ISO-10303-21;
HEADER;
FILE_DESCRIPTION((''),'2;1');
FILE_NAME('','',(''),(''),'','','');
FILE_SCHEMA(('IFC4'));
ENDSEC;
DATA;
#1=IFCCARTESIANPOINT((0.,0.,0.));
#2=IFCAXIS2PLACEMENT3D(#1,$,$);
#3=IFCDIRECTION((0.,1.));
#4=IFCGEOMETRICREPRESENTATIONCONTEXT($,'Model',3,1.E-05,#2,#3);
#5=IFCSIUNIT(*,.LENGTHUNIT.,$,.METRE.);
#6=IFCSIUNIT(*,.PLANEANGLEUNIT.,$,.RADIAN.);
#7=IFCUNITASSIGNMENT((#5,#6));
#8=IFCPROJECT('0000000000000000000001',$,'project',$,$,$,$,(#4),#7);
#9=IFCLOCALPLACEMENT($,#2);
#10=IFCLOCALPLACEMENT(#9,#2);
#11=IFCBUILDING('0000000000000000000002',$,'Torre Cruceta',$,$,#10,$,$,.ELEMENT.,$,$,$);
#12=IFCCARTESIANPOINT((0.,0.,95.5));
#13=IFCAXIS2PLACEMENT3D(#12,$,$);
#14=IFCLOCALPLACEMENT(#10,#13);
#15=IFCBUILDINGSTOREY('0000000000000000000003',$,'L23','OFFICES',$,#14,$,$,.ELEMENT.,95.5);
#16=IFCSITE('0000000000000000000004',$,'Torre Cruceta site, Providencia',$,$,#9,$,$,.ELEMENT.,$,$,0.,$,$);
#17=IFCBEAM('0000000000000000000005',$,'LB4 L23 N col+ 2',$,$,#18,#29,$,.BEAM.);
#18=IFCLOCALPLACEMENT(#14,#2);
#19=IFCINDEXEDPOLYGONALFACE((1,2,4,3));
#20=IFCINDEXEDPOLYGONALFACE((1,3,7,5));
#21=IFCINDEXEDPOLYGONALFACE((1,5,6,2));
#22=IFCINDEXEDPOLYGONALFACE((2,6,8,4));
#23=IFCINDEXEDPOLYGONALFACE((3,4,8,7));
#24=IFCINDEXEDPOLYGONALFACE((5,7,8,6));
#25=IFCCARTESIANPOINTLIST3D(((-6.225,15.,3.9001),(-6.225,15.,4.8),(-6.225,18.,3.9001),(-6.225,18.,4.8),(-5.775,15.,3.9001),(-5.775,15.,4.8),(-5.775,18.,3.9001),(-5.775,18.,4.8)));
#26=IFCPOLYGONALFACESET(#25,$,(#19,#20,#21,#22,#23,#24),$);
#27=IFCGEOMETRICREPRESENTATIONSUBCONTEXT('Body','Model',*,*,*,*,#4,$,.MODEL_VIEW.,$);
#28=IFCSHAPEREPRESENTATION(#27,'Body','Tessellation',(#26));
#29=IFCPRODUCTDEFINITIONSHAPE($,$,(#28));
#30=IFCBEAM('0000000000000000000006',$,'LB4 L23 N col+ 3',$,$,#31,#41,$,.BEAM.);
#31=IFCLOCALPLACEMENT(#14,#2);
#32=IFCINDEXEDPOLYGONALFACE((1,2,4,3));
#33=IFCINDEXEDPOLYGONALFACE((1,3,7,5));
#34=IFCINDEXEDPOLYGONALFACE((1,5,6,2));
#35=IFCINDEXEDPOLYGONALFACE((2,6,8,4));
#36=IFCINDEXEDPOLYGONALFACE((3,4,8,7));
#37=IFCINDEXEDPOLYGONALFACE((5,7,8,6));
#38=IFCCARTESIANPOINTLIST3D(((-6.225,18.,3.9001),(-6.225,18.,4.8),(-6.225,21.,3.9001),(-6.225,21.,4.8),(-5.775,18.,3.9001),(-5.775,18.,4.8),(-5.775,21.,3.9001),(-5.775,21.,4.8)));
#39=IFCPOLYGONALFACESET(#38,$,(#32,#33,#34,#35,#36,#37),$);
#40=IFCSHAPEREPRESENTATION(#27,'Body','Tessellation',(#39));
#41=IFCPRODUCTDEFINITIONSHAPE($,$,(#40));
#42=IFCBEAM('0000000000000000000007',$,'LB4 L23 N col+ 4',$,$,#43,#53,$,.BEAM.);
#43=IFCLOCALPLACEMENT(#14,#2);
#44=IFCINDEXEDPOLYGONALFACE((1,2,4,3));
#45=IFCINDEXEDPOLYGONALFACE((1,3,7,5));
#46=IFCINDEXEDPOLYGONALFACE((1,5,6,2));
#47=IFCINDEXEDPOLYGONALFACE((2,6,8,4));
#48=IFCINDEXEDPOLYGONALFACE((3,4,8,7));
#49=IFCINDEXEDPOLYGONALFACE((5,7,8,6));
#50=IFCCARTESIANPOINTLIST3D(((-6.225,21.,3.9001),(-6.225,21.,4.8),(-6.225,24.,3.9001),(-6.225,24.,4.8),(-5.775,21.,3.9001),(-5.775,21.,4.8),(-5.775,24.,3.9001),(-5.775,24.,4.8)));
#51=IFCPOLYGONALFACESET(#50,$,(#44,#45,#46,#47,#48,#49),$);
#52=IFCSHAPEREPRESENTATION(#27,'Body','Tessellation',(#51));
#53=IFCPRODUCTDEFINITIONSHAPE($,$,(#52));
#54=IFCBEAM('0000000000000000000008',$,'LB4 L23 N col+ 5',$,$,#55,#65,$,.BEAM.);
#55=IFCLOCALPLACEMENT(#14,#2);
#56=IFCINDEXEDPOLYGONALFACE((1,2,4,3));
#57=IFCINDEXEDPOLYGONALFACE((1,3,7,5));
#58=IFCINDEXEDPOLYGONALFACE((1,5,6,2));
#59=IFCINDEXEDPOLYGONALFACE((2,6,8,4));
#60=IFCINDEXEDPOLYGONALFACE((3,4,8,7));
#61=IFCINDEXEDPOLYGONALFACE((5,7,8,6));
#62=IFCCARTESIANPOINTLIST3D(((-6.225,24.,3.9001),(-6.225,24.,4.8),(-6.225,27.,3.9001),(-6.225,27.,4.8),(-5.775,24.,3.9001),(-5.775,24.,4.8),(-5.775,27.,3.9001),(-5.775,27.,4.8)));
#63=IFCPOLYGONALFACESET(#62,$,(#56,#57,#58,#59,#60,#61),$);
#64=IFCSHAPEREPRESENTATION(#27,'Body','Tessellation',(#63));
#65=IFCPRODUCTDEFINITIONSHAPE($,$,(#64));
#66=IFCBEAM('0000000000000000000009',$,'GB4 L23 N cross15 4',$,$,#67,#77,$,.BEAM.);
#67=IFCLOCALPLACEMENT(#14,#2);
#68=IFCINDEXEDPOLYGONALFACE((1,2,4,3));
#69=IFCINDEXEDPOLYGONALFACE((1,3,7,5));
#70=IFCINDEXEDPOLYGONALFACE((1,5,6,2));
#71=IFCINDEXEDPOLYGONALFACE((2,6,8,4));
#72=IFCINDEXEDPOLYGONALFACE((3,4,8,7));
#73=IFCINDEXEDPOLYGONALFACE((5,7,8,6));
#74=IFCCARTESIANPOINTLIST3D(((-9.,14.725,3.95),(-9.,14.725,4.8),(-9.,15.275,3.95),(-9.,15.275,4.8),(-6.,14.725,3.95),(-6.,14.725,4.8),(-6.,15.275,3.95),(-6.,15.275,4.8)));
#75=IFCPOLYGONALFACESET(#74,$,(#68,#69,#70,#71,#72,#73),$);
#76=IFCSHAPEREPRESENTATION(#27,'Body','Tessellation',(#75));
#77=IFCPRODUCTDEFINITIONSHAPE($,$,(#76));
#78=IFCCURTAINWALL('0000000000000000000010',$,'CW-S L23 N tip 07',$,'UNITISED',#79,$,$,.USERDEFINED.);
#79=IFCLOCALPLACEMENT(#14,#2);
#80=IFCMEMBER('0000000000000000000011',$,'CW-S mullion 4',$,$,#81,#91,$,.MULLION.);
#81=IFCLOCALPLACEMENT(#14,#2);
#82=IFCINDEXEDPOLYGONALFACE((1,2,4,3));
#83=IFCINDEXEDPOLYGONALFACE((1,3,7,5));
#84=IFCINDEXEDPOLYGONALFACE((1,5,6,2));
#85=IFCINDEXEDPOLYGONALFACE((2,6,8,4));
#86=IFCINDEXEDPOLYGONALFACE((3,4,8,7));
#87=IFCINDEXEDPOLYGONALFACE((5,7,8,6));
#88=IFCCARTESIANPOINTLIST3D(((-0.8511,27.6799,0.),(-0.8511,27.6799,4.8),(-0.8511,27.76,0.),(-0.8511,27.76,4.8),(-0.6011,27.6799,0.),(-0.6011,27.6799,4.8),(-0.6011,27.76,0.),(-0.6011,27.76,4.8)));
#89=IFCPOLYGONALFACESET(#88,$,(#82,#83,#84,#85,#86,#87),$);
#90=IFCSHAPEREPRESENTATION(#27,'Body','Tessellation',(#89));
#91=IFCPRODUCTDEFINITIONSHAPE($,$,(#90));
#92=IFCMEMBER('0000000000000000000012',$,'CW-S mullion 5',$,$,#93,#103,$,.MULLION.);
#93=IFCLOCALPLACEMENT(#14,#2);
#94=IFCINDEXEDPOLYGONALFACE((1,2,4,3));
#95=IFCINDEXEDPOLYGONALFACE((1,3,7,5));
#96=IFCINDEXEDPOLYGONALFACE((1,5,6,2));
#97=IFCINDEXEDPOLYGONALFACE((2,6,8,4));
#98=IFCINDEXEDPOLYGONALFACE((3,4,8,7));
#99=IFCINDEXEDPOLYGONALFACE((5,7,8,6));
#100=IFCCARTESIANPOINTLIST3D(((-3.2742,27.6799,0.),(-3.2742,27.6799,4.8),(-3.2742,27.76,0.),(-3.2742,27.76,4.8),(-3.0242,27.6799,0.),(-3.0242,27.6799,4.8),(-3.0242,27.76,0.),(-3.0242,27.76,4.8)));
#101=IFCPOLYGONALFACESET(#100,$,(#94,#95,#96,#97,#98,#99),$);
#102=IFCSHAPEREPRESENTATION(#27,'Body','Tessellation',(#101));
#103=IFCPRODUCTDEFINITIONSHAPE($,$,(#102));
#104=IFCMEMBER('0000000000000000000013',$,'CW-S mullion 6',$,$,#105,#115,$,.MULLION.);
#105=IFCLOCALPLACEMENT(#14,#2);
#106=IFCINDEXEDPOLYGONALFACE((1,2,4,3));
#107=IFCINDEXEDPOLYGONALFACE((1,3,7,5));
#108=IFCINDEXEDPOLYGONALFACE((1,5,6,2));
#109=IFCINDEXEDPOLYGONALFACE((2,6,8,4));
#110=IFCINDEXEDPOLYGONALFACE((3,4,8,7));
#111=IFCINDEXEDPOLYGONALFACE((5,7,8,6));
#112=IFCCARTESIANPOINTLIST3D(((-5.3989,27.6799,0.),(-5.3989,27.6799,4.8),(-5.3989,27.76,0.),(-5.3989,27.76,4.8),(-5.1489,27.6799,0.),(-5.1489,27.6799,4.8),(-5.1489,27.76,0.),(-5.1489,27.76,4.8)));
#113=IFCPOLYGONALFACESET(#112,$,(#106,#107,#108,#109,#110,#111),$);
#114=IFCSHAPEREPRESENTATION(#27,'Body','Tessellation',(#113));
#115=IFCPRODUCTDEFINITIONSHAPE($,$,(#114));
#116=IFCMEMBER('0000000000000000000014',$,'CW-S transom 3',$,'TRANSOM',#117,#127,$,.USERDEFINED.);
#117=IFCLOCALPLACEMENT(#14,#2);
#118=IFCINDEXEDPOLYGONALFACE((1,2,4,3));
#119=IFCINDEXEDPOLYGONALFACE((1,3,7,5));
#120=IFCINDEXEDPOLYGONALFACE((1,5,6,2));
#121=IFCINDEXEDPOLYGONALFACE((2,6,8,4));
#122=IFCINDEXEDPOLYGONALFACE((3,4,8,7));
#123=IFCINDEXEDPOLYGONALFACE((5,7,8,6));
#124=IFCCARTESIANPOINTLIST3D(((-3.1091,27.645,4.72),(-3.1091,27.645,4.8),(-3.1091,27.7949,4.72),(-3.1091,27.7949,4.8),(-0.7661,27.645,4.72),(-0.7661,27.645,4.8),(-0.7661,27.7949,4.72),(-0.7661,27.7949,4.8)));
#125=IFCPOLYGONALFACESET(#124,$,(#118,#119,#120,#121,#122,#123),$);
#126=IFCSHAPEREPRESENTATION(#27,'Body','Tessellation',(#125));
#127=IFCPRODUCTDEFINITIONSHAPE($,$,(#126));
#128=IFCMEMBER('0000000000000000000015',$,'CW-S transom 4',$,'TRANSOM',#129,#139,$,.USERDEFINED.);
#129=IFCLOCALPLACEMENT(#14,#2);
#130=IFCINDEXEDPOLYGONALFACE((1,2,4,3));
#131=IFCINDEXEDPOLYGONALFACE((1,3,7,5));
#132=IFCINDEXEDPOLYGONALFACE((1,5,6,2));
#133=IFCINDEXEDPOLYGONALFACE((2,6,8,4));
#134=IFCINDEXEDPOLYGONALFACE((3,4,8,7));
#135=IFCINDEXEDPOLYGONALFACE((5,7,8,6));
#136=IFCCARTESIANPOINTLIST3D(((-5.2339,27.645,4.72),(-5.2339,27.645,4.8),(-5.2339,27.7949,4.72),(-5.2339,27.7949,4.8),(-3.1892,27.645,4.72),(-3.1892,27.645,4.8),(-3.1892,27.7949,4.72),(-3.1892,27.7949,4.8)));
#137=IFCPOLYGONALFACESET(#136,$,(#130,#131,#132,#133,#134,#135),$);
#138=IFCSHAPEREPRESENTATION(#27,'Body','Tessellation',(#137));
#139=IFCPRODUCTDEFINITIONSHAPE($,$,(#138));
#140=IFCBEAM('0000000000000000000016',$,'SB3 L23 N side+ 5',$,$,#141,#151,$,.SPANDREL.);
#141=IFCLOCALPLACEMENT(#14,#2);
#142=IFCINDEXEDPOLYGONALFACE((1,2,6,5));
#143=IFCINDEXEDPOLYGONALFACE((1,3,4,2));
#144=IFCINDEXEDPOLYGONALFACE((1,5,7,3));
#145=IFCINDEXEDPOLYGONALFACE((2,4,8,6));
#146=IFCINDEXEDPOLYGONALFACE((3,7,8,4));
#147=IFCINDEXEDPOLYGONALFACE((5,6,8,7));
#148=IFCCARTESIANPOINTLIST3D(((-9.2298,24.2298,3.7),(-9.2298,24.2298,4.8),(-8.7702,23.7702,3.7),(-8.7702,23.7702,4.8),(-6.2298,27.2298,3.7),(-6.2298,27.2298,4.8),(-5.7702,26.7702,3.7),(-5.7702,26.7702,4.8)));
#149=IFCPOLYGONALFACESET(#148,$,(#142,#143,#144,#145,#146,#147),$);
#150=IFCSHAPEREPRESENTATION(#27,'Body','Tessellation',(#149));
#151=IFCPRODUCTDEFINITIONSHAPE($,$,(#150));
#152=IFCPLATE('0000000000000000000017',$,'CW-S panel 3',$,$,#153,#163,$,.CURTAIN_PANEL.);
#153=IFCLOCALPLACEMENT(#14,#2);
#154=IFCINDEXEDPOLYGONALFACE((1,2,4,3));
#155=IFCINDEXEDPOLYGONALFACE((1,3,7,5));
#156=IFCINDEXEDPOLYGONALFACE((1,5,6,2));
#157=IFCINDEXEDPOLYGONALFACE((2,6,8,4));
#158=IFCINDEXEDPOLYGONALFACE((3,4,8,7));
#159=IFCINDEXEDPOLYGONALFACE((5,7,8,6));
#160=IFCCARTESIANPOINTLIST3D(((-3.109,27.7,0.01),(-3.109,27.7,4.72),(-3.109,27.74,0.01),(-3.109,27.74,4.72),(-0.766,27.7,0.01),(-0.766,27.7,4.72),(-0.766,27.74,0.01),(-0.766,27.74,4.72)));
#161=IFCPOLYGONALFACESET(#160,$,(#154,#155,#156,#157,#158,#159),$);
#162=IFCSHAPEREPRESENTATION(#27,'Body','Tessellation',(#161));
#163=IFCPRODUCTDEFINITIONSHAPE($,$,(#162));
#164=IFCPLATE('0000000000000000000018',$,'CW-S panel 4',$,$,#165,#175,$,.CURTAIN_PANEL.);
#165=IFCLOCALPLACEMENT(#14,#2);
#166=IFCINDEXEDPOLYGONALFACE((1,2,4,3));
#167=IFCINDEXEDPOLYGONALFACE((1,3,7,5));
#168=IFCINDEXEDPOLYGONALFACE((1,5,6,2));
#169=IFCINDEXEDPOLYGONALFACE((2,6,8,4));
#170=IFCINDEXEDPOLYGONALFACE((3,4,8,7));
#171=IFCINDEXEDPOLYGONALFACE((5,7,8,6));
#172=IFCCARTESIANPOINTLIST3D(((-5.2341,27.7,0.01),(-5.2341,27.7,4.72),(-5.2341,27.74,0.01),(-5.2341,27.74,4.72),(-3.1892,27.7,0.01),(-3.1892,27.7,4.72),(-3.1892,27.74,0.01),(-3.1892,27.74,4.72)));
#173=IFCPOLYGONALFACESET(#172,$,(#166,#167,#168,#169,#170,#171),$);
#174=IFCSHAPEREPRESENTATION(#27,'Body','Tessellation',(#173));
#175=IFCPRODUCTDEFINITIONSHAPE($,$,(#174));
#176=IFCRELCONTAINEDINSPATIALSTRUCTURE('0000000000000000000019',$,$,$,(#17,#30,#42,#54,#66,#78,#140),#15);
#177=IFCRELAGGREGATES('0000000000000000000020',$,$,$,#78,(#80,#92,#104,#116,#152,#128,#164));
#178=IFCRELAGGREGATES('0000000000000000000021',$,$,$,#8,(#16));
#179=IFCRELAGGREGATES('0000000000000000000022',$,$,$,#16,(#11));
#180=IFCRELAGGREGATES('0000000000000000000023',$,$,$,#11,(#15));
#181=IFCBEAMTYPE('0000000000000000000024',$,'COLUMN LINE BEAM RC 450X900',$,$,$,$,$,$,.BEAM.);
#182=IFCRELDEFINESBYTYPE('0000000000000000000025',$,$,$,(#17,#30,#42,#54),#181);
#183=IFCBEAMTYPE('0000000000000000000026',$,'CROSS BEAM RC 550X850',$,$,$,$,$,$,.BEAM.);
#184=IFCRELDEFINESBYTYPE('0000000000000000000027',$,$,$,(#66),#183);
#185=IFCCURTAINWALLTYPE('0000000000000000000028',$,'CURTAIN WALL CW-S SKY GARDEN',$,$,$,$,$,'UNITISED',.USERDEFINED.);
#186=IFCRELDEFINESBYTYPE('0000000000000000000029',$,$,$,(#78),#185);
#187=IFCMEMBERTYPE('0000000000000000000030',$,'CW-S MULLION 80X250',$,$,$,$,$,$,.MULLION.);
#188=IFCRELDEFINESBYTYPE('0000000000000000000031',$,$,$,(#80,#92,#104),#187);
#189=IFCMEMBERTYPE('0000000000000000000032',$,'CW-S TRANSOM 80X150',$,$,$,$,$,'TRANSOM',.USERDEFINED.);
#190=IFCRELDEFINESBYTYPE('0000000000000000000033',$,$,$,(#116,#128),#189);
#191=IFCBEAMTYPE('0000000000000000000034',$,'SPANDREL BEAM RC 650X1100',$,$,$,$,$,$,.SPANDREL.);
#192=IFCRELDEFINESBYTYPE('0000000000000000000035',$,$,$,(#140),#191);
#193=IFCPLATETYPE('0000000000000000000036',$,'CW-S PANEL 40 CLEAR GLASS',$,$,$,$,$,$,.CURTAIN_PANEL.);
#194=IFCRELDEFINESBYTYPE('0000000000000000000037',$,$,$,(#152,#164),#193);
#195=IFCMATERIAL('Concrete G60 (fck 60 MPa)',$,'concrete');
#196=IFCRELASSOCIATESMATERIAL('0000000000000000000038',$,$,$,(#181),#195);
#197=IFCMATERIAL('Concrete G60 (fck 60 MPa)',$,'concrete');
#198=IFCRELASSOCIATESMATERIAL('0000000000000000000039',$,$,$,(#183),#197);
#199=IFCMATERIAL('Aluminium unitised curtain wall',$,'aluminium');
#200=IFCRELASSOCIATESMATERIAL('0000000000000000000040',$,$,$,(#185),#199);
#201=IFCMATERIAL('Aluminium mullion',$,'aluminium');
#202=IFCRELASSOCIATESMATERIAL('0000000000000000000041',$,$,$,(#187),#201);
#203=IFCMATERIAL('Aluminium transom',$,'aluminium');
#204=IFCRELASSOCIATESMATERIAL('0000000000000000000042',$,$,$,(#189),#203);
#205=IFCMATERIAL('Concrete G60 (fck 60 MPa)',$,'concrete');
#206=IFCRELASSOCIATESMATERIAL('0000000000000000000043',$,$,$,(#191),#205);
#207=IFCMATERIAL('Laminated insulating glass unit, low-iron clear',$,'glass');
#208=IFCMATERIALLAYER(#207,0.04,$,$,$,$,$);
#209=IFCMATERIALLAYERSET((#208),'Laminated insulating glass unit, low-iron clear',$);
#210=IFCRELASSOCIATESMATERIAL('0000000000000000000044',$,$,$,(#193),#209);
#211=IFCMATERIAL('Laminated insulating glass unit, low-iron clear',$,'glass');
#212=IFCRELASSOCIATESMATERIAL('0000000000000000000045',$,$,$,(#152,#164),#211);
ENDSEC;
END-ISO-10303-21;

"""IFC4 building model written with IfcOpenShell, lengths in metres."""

from ifc_helpers import new_model, si_unit, direction, frame, origin, origin_2d, place, context, subcontext, project, spatial, rectangle, extrude, material, layer, layer_set, material_profile, profile_set, type_object, element, aggregate, save


model = new_model("IFC4")

# Units and contexts
model_context = context("Model", 3, precision=1e-05, world=origin(), true_north=direction((0.0, 1.0)))
body_context = subcontext(model_context, "Body", "Model", "MODEL_VIEW")
ifc_project = project(units=[si_unit("LENGTHUNIT", "METRE"), si_unit("PLANEANGLEUNIT", "RADIAN")], contexts=[model_context])

# Site, building, storey
site_placement = place(None, origin())
site = spatial("IfcSite", under=ifc_project, at=site_placement, Name="Torre Cruceta site, Providencia", CompositionType="ELEMENT", RefElevation=0.0)
building_placement = place(site_placement, origin())
building = spatial("IfcBuilding", under=site, at=building_placement, Name="Torre Cruceta", CompositionType="ELEMENT")
storey_placement = place(building_placement, frame((0.0, 0.0, 95.5)))
storey = spatial("IfcBuildingStorey", under=building, at=storey_placement, Name="L23", Description="OFFICES", CompositionType="ELEMENT", Elevation=95.5)

# Beams
ifc_material_1 = material(Name="Concrete G60 (fck 60 MPa)", Category="concrete")
ifc_material_profile_1 = material_profile(ifc_material_1, rectangle(XDim=0.45, YDim=0.8999, at=origin_2d()), Name="RC 450X900")
ifc_profile_set_1 = profile_set([ifc_material_profile_1], Name="Concrete G60 (fck 60 MPa)")
beam_type_1 = type_object("IfcBeamType", Name="COLUMN LINE BEAM RC 450X900", PredefinedType="BEAM", material=ifc_profile_set_1)
for number, where, z_axis, x_axis, name in (
    (1, (-6.0, 15.0, 4.3501), (0.0, 1.0, 0.0), (-1.0, 0.0, 0.0), "LB4 L23 N col+ 2"),
    (2, (-6.0, 18.0, 4.3501), (0.0, 1.0, 0.0), (-1.0, 0.0, 0.0), "LB4 L23 N col+ 3"),
    (3, (-6.0, 21.0, 4.3501), (0.0, 1.0, 0.0), (-1.0, 0.0, 0.0), "LB4 L23 N col+ 4"),
    (4, (-6.0, 24.0, 4.3501), (0.0, 1.0, 0.0), (-1.0, 0.0, 0.0), "LB4 L23 N col+ 5"),
):
    element("IfcBeam", number, at=place(storey_placement, frame(where, z_axis=z_axis, x_axis=x_axis)), inside=storey, type_object=beam_type_1, Name=name, PredefinedType="BEAM", context=body_context, shape_type="SweptSolid", body=[
        extrude(rectangle(XDim=0.45, YDim=0.8999, at=origin_2d()), origin(), (0.0, 0.0, 1.0), 3.0),
    ])
ifc_material_2 = material(Name="Concrete G60 (fck 60 MPa)", Category="concrete")
ifc_material_profile_2 = material_profile(ifc_material_2, rectangle(XDim=0.55, YDim=0.8501, at=origin_2d()), Name="RC 550X850")
ifc_profile_set_2 = profile_set([ifc_material_profile_2], Name="Concrete G60 (fck 60 MPa)")
beam_type_2 = type_object("IfcBeamType", Name="CROSS BEAM RC 550X850", PredefinedType="BEAM", material=ifc_profile_set_2)
beam_1_placement = place(storey_placement, frame((-6.0, 15.0, 4.375), z_axis=(-1.0, 0.0, 0.0), x_axis=(0.0, -1.0, 0.0)))
element("IfcBeam", 5, at=beam_1_placement, inside=storey, type_object=beam_type_2, Name="GB4 L23 N cross15 4", PredefinedType="BEAM", context=body_context, shape_type="SweptSolid", body=[
    extrude(rectangle(XDim=0.55, YDim=0.8501, at=origin_2d()), origin(), (0.0, 0.0, 1.0), 3.0),
])

# Curtain wall, members
ifc_material_3 = material(Name="Aluminium unitised curtain wall", Category="aluminium")
curtain_wall_type = type_object("IfcCurtainWallType", Name="CURTAIN WALL CW-S SKY GARDEN", ElementType="UNITISED", PredefinedType="USERDEFINED", material=ifc_material_3)
curtain_wall_placement = place(storey_placement, origin())
curtain_wall = element("IfcCurtainWall", 6, at=curtain_wall_placement, inside=storey, type_object=curtain_wall_type, Name="CW-S L23 N tip 07", ObjectType="UNITISED", PredefinedType="USERDEFINED")
ifc_material_4 = material(Name="Aluminium mullion", Category="aluminium")
ifc_material_profile_3 = material_profile(ifc_material_4, rectangle(XDim=0.0801, YDim=0.25, at=origin_2d()), Name="AL 80X250")
ifc_profile_set_3 = profile_set([ifc_material_profile_3], Name="Aluminium mullion")
member_type_1 = type_object("IfcMemberType", Name="CW-S MULLION 80X250", PredefinedType="MULLION", material=ifc_profile_set_3)
member_1_placement = place(storey_placement, frame((-0.7261, 27.72, 0.0), z_axis=(0.0, 0.0, 1.0), x_axis=(0.0, -1.0, 0.0)))
member_1 = element("IfcMember", 7, at=member_1_placement, type_object=member_type_1, Name="CW-S mullion 4", PredefinedType="MULLION", context=body_context, shape_type="SweptSolid", body=[
    extrude(rectangle(XDim=0.0801, YDim=0.25, at=origin_2d()), origin(), (0.0, 0.0, 1.0), 4.8),
])
member_2_placement = place(storey_placement, frame((-3.1492, 27.72, 0.0), z_axis=(0.0, 0.0, 1.0), x_axis=(0.0, -1.0, 0.0)))
member_2 = element("IfcMember", 8, at=member_2_placement, type_object=member_type_1, Name="CW-S mullion 5", PredefinedType="MULLION", context=body_context, shape_type="SweptSolid", body=[
    extrude(rectangle(XDim=0.0801, YDim=0.25, at=origin_2d()), origin(), (0.0, 0.0, 1.0), 4.8),
])
member_3_placement = place(storey_placement, frame((-5.2739, 27.72, 0.0), z_axis=(0.0, 0.0, 1.0), x_axis=(0.0, -1.0, 0.0)))
member_3 = element("IfcMember", 9, at=member_3_placement, type_object=member_type_1, Name="CW-S mullion 6", PredefinedType="MULLION", context=body_context, shape_type="SweptSolid", body=[
    extrude(rectangle(XDim=0.0801, YDim=0.25, at=origin_2d()), origin(), (0.0, 0.0, 1.0), 4.8),
])
ifc_material_5 = material(Name="Aluminium transom", Category="aluminium")
ifc_material_profile_4 = material_profile(ifc_material_5, rectangle(XDim=0.1499, YDim=0.0801, at=origin_2d()), Name="AL 150X80")
ifc_profile_set_4 = profile_set([ifc_material_profile_4], Name="Aluminium transom")
member_type_2 = type_object("IfcMemberType", Name="CW-S TRANSOM 80X150", ElementType="TRANSOM", PredefinedType="USERDEFINED", material=ifc_profile_set_4)
member_4_placement = place(storey_placement, frame((-0.7661, 27.72, 4.76), z_axis=(-1.0, 0.0, 0.0), x_axis=(0.0, -1.0, 0.0)))
member_4 = element("IfcMember", 10, at=member_4_placement, type_object=member_type_2, Name="CW-S transom 3", ObjectType="TRANSOM", PredefinedType="USERDEFINED", context=body_context, shape_type="SweptSolid", body=[
    extrude(rectangle(XDim=0.1499, YDim=0.0801, at=origin_2d()), origin(), (0.0, 0.0, 1.0), 2.343),
])
member_5_placement = place(storey_placement, frame((-3.1892, 27.72, 4.76), z_axis=(-1.0, 0.0, 0.0), x_axis=(0.0, -1.0, 0.0)))
member_5 = element("IfcMember", 11, at=member_5_placement, type_object=member_type_2, Name="CW-S transom 4", ObjectType="TRANSOM", PredefinedType="USERDEFINED", context=body_context, shape_type="SweptSolid", body=[
    extrude(rectangle(XDim=0.1499, YDim=0.0801, at=origin_2d()), origin(), (0.0, 0.0, 1.0), 2.0447),
])

# Beam
ifc_material_6 = material(Name="Concrete G60 (fck 60 MPa)", Category="concrete")
ifc_material_profile_5 = material_profile(ifc_material_6, rectangle(XDim=0.6499, YDim=1.1001, at=origin_2d()), Name="RC 650X1100")
ifc_profile_set_5 = profile_set([ifc_material_profile_5], Name="Concrete G60 (fck 60 MPa)")
beam_type_3 = type_object("IfcBeamType", Name="SPANDREL BEAM RC 650X1100", PredefinedType="SPANDREL", material=ifc_profile_set_5)
beam_2_placement = place(storey_placement, frame((-9.0, 24.0, 4.25), z_axis=(0.707107, 0.707107, 0.0), x_axis=(-0.707107, 0.707107, 0.0)))
element("IfcBeam", 12, at=beam_2_placement, inside=storey, type_object=beam_type_3, Name="SB3 L23 N side+ 5", PredefinedType="SPANDREL", context=body_context, shape_type="SweptSolid", body=[
    extrude(rectangle(XDim=0.6499, YDim=1.1001, at=origin_2d()), origin(), (0.0, 0.0, 1.0), 4.2427),
])

# Plates
ifc_material_7 = material(Name="Laminated insulating glass unit, low-iron clear", Category="glass")
ifc_material_8 = material(Name="Laminated insulating glass unit, low-iron clear", Category="glass")
ifc_layer_1 = layer(ifc_material_8, 0.04)
ifc_layer_set_1 = layer_set([ifc_layer_1], Name="Laminated insulating glass unit, low-iron clear")
plate_type = type_object("IfcPlateType", Name="CW-S PANEL 40 CLEAR GLASS", PredefinedType="CURTAIN_PANEL", material=ifc_layer_set_1)
plate_1_placement = place(storey_placement, frame((-1.9375, 27.72, 0.01), z_axis=(0.0, 0.0, 1.0), x_axis=(-1.0, 0.0, 0.0)))
plate_1 = element("IfcPlate", 13, at=plate_1_placement, type_object=plate_type, material=ifc_material_7, Name="CW-S panel 3", PredefinedType="CURTAIN_PANEL", context=body_context, shape_type="SweptSolid", body=[
    extrude(rectangle(XDim=2.343, YDim=0.04, at=origin_2d()), origin(), (0.0, 0.0, 1.0), 4.71),
])
plate_2_placement = place(storey_placement, frame((-4.2117, 27.72, 0.01), z_axis=(0.0, 0.0, 1.0), x_axis=(-1.0, 0.0, 0.0)))
plate_2 = element("IfcPlate", 14, at=plate_2_placement, type_object=plate_type, material=ifc_material_7, Name="CW-S panel 4", PredefinedType="CURTAIN_PANEL", context=body_context, shape_type="SweptSolid", body=[
    extrude(rectangle(XDim=2.0449, YDim=0.04, at=origin_2d()), origin(), (0.0, 0.0, 1.0), 4.71),
])
aggregate(curtain_wall, [member_1, member_2, member_3, member_4, plate_1, member_5, plate_2])

save(model, "model.ifc")
